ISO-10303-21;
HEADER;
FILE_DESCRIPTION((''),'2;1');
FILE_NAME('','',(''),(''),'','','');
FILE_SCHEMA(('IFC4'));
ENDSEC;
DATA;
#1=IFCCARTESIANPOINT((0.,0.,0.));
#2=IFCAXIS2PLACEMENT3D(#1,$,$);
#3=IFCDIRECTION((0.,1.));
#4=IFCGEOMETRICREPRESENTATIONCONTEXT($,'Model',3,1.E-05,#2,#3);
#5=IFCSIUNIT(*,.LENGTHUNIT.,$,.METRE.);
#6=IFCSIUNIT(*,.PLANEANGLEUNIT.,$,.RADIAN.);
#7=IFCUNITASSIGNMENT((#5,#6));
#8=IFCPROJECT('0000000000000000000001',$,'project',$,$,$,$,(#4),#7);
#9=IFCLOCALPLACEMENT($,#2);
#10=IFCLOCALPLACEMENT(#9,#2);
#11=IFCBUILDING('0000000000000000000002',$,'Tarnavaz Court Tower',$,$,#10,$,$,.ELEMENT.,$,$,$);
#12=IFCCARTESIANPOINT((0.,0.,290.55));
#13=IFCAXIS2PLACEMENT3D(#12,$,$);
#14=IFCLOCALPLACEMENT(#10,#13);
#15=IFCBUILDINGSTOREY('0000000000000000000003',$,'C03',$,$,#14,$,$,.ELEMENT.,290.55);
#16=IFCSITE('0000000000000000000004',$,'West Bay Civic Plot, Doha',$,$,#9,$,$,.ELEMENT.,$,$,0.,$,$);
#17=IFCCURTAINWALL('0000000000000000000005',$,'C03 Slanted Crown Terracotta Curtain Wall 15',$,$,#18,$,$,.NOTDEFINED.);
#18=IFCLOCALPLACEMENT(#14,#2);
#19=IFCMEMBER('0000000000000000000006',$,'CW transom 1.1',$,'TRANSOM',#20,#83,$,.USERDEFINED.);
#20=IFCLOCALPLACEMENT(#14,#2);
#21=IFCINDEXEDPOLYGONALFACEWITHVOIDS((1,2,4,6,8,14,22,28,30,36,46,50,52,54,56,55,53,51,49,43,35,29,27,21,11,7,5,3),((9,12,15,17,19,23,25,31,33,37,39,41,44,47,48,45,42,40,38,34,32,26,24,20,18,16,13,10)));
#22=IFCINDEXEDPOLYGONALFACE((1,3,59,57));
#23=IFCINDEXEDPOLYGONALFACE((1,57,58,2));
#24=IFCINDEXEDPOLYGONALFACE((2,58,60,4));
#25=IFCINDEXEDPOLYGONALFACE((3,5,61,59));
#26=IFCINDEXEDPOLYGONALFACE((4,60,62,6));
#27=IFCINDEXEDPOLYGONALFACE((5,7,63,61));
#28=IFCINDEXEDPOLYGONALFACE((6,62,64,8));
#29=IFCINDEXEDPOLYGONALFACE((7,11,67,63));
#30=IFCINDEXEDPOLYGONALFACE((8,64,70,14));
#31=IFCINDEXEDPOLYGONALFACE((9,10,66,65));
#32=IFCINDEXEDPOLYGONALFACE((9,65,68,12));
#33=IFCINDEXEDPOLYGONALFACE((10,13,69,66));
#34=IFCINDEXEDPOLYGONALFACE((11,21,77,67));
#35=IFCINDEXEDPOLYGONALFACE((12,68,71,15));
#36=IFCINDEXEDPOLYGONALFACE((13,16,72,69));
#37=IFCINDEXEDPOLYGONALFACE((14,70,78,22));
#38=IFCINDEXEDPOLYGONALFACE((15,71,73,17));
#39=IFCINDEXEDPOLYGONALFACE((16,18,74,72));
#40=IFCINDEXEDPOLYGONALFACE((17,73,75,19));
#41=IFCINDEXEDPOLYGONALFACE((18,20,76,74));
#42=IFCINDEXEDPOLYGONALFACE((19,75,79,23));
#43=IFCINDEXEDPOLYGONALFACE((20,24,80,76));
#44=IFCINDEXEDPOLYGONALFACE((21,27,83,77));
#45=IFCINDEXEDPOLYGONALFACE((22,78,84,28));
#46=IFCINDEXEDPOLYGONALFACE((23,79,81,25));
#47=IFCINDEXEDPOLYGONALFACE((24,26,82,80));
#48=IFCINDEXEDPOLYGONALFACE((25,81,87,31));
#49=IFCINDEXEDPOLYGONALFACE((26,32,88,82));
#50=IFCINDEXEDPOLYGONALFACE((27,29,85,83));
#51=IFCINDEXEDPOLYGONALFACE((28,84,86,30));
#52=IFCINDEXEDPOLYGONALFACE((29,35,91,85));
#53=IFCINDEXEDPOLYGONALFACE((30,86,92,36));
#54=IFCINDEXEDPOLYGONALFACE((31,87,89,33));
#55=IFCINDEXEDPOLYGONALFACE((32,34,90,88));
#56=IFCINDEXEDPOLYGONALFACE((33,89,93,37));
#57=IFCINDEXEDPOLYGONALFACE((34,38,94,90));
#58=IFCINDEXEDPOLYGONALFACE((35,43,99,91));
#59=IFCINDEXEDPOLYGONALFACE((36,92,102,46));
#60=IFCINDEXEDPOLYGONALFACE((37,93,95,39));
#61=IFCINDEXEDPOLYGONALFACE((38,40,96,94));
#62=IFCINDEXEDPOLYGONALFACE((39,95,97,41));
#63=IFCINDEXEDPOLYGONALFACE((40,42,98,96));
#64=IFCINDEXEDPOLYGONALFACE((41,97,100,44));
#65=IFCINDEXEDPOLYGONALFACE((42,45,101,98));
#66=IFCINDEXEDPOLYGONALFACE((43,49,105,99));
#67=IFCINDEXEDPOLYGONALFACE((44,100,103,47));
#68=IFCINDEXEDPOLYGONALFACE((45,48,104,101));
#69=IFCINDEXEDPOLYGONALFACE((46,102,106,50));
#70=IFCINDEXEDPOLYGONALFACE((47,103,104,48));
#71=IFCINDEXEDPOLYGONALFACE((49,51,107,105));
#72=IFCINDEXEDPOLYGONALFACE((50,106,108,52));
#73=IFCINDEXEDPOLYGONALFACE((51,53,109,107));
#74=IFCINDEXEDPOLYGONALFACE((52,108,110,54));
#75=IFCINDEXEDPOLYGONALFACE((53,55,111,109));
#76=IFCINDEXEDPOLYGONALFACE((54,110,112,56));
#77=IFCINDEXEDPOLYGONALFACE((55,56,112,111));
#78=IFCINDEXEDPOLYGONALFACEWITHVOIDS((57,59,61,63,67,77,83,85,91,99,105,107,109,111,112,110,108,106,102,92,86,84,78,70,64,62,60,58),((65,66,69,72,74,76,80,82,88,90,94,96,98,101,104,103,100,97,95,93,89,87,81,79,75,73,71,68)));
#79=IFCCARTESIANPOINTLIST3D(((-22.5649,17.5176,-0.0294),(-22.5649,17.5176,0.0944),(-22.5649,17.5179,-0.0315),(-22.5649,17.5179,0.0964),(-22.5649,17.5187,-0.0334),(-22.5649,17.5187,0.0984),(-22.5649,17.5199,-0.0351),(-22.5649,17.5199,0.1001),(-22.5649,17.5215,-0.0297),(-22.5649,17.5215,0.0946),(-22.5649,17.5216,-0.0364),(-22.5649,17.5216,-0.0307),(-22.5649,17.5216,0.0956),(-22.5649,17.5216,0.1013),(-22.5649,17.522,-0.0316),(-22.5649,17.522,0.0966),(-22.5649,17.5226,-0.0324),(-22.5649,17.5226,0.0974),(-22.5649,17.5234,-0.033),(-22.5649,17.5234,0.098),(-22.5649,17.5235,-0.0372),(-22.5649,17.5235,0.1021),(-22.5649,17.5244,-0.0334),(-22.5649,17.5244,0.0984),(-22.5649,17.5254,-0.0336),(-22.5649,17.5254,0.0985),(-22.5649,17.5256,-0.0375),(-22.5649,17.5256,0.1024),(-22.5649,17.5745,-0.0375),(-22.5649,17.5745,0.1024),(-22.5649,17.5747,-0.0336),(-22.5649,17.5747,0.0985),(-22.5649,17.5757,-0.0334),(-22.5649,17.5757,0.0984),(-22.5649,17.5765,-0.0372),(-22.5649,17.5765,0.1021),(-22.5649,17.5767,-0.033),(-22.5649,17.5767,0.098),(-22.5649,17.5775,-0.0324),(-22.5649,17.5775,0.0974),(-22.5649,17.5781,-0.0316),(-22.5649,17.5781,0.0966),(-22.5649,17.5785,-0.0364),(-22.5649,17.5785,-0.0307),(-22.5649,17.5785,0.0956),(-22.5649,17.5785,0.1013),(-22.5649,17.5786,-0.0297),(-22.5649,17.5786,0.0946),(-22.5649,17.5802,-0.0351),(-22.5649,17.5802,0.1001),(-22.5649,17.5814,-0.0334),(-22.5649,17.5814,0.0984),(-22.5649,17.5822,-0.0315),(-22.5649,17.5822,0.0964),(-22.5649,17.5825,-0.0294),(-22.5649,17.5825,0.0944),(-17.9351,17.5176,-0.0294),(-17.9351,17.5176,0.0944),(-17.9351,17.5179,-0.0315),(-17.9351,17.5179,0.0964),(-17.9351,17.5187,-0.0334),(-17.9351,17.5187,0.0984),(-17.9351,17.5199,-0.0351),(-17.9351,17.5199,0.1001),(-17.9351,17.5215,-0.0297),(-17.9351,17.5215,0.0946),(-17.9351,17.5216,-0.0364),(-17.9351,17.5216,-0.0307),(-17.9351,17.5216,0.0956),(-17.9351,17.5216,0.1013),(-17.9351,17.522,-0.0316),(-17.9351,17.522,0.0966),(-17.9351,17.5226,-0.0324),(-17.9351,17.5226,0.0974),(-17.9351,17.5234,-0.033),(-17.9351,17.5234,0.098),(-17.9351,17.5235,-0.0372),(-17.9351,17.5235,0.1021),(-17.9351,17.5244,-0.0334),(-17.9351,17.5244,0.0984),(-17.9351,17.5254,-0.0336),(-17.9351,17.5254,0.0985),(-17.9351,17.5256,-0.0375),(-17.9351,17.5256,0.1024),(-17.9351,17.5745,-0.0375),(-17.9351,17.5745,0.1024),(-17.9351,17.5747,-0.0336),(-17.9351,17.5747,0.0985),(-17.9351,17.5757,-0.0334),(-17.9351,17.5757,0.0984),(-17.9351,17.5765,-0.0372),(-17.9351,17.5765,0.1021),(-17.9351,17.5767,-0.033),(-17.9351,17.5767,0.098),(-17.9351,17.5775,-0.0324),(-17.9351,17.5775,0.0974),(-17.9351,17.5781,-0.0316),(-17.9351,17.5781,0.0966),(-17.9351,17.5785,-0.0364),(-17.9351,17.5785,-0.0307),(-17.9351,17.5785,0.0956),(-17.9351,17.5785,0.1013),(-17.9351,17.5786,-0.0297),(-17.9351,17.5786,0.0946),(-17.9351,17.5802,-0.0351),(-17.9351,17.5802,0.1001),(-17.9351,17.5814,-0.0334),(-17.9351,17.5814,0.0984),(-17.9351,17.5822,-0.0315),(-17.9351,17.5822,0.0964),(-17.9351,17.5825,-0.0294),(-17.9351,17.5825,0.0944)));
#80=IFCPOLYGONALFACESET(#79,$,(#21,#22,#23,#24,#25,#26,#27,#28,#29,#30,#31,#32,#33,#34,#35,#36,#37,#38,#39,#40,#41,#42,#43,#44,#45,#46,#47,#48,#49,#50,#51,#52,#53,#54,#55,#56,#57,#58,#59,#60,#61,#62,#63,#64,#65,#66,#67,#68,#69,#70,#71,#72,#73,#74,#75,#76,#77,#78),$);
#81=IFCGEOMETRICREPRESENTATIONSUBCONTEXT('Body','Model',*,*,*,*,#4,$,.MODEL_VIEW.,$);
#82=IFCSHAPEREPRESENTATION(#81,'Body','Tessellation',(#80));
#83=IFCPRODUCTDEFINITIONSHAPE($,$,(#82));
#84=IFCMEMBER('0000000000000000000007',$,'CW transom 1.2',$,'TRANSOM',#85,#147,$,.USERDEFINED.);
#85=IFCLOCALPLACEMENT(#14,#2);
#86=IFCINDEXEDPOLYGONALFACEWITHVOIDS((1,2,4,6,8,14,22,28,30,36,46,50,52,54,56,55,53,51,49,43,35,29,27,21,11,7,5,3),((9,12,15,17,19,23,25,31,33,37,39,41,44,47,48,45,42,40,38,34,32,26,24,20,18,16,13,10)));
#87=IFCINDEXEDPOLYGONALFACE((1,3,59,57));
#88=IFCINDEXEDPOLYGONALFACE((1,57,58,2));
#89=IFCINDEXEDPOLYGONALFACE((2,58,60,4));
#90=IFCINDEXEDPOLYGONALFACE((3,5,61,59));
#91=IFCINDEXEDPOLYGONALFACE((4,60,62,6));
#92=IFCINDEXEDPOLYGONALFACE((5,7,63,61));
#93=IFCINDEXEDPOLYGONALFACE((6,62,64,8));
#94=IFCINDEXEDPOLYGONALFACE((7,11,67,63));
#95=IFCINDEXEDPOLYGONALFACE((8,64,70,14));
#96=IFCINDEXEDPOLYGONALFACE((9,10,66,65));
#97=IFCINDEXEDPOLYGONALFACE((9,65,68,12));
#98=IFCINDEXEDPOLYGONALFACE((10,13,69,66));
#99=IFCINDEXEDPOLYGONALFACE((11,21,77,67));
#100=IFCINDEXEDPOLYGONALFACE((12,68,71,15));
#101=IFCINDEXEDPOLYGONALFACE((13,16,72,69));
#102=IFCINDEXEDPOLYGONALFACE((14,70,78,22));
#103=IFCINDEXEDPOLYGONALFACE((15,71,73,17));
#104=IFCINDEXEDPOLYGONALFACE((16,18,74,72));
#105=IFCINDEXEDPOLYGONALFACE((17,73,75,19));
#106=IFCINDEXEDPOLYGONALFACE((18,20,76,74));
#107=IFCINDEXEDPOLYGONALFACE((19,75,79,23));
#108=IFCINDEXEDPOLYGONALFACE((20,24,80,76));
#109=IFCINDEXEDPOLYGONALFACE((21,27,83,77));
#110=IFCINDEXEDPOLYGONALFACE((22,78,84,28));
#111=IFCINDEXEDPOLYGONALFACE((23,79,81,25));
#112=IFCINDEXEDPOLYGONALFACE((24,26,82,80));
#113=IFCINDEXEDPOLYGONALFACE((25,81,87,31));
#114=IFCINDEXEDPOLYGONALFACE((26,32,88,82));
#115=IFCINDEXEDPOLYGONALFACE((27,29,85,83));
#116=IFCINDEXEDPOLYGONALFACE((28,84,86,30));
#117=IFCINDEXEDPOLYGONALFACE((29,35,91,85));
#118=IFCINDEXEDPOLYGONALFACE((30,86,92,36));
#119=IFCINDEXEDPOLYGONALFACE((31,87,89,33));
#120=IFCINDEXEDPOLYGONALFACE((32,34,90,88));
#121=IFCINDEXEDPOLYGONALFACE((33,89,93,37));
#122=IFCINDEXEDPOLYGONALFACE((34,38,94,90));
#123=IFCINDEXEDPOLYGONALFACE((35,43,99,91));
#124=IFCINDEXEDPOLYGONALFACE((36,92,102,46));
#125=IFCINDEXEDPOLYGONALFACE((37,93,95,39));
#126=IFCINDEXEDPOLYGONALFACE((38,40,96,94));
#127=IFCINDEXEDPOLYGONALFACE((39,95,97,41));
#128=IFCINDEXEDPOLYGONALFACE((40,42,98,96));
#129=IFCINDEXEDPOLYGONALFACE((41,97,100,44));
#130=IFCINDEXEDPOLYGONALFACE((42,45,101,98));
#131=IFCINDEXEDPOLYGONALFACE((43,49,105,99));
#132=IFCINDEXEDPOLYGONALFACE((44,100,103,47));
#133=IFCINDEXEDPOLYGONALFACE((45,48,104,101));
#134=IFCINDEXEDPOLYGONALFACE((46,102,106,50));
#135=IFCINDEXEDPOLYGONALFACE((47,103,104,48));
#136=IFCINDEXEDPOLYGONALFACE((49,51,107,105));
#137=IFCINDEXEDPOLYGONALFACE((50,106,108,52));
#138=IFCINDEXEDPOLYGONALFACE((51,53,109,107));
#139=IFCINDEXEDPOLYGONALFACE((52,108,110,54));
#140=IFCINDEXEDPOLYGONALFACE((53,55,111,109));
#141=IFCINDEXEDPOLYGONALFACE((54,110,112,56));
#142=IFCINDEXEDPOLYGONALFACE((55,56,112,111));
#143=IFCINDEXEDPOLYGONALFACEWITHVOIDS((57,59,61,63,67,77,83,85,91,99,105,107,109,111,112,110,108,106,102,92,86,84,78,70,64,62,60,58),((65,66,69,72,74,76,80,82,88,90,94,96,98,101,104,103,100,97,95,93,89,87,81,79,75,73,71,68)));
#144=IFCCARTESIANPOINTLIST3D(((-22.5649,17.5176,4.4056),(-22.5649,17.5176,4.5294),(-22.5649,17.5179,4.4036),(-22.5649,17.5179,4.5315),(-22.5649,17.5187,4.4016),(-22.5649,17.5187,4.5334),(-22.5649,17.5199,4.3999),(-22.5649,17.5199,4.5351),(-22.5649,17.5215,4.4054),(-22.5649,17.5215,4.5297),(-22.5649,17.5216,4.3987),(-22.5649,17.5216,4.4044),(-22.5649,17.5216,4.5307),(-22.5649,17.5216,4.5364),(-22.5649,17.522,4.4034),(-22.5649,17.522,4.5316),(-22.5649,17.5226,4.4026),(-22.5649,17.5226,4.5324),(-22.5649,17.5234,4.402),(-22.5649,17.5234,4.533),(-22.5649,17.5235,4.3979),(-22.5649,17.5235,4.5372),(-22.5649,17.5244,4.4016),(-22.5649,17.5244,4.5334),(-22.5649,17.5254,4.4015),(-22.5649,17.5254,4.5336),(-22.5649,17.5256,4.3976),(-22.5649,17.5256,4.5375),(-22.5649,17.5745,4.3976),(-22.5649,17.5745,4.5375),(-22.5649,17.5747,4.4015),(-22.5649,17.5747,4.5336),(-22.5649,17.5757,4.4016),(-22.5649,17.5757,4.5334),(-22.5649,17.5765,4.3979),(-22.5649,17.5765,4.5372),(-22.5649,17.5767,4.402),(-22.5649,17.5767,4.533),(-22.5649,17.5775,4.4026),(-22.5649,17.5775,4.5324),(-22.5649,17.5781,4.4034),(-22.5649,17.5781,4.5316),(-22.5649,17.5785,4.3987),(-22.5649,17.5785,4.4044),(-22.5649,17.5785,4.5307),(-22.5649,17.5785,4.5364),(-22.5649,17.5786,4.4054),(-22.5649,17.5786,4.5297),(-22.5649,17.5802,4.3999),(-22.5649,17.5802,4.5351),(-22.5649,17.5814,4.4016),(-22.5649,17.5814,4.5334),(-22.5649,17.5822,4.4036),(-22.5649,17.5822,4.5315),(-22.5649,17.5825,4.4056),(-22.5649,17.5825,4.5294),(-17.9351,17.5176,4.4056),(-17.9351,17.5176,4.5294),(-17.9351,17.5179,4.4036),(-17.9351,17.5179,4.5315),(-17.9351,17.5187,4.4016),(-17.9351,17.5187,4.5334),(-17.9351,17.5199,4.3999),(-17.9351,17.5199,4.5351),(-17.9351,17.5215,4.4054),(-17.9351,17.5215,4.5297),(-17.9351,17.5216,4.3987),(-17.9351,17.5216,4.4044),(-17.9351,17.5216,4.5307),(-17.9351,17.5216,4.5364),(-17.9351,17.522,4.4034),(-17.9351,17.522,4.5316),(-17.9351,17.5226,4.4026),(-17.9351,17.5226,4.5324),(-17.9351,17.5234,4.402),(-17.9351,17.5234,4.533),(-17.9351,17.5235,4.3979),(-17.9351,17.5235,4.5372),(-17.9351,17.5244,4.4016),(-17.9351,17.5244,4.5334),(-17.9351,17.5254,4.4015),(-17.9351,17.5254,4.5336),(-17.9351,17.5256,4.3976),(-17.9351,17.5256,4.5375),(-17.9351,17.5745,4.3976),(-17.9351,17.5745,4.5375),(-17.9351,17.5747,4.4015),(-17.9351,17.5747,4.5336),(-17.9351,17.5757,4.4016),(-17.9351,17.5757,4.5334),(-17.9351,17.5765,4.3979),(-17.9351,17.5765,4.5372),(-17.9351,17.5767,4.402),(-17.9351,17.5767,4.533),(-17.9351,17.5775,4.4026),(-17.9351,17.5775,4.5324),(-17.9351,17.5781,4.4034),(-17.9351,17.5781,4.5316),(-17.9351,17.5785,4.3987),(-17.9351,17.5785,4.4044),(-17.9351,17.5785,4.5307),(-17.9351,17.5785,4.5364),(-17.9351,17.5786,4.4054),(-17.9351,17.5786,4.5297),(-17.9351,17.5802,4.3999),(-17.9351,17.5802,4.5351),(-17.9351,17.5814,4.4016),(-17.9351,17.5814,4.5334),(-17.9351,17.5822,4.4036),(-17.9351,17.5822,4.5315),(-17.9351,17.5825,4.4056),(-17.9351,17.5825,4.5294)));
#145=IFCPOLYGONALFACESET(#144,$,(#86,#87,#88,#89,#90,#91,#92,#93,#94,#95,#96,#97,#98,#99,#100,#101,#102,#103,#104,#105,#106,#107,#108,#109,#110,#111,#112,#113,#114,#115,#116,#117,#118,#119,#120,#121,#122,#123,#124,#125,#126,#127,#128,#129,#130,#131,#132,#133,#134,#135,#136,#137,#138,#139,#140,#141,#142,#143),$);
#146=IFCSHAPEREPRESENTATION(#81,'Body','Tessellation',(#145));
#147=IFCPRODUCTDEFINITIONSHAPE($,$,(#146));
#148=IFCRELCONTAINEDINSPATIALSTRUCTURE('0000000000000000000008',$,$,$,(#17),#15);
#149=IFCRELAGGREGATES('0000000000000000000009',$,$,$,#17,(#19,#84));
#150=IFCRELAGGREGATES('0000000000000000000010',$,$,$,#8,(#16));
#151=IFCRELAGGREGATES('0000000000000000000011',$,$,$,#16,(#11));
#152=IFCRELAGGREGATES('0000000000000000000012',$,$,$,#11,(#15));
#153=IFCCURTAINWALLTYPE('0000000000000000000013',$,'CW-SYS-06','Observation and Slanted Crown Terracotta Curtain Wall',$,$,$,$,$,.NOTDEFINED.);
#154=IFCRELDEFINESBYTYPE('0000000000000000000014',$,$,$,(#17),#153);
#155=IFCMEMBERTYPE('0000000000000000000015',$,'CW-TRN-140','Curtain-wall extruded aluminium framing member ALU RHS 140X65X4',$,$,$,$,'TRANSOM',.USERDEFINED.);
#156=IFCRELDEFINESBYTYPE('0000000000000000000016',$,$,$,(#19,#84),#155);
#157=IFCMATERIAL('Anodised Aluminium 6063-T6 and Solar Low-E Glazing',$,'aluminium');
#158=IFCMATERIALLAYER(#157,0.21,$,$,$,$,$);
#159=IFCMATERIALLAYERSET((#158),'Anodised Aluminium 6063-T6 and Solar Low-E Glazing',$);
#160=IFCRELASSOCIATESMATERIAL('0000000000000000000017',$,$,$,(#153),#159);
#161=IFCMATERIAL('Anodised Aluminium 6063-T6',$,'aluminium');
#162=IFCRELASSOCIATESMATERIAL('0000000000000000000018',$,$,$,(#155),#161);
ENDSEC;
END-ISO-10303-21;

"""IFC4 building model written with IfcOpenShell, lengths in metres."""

from ifc_helpers import new_model, si_unit, direction, frame, origin, origin_2d, place, context, subcontext, project, spatial, hollow_rectangle, extrude, material, layer, layer_set, material_profile, profile_set, type_object, element, aggregate, save


model = new_model("IFC4")

# Units and contexts
model_context = context("Model", 3, precision=1e-05, world=origin(), true_north=direction((0.0, 1.0)))
body_context = subcontext(model_context, "Body", "Model", "MODEL_VIEW")
ifc_project = project(units=[si_unit("LENGTHUNIT", "METRE"), si_unit("PLANEANGLEUNIT", "RADIAN")], contexts=[model_context])

# Site, building, storey
site_placement = place(None, origin())
site = spatial("IfcSite", under=ifc_project, at=site_placement, Name="West Bay Civic Plot, Doha", CompositionType="ELEMENT", RefElevation=0.0)
building_placement = place(site_placement, origin())
building = spatial("IfcBuilding", under=site, at=building_placement, Name="Tarnavaz Court Tower", CompositionType="ELEMENT")
storey_placement = place(building_placement, frame((0.0, 0.0, 290.55)))
storey = spatial("IfcBuildingStorey", under=building, at=storey_placement, Name="C03", CompositionType="ELEMENT", Elevation=290.55)

# Curtain wall
ifc_material_1 = material(Name="Anodised Aluminium 6063-T6 and Solar Low-E Glazing", Category="aluminium")
ifc_layer_1 = layer(ifc_material_1, 0.21)
ifc_layer_set_1 = layer_set([ifc_layer_1], Name="Anodised Aluminium 6063-T6 and Solar Low-E Glazing")
curtain_wall_type = type_object("IfcCurtainWallType", Name="CW-SYS-06", Description="Observation and Slanted Crown Terracotta Curtain Wall", PredefinedType="NOTDEFINED", material=ifc_layer_set_1)
ifc_material_2 = material(Name="Anodised Aluminium 6063-T6", Category="aluminium")
curtain_wall_1_placement = place(storey_placement, origin())
curtain_wall_1 = element("IfcCurtainWall", 1, at=curtain_wall_1_placement, inside=storey, type_object=curtain_wall_type, Name="C03 Slanted Crown Terracotta Curtain Wall 15", PredefinedType="NOTDEFINED")

# Members
ifc_material_profile_1 = material_profile(ifc_material_2, hollow_rectangle(XDim=0.0649, YDim=0.1399, WallThickness=0.0039, InnerFilletRadius=0.0039, OuterFilletRadius=0.0081, at=origin_2d()), Name="ALU RHS 140X65X4")
ifc_profile_set_1 = profile_set([ifc_material_profile_1], Name="Anodised Aluminium 6063-T6")
member_type_1 = type_object("IfcMemberType", Name="CW-TRN-140", Description="Curtain-wall extruded aluminium framing member ALU RHS 140X65X4", ElementType="TRANSOM", PredefinedType="USERDEFINED", material=ifc_profile_set_1)
member_1_placement = place(storey_placement, frame((-22.5649, 17.55, 0.0325), z_axis=(1.0, 0.0, 0.0), x_axis=(0.0, 1.0, 0.0)))
member_1 = element("IfcMember", 2, at=member_1_placement, type_object=member_type_1, Name="CW transom 1.1", ObjectType="TRANSOM", PredefinedType="USERDEFINED", context=body_context, shape_type="SweptSolid", body=[
    extrude(hollow_rectangle(XDim=0.0649, YDim=0.1399, WallThickness=0.0039, InnerFilletRadius=0.0039, OuterFilletRadius=0.0081, at=origin_2d()), origin(), (0.0, 0.0, 1.0), 4.6299),
])
member_2_placement = place(storey_placement, frame((-22.5649, 17.55, 4.4675), z_axis=(1.0, 0.0, 0.0), x_axis=(0.0, 1.0, 0.0)))
member_2 = element("IfcMember", 3, at=member_2_placement, type_object=member_type_1, Name="CW transom 1.2", ObjectType="TRANSOM", PredefinedType="USERDEFINED", context=body_context, shape_type="SweptSolid", body=[
    extrude(hollow_rectangle(XDim=0.0649, YDim=0.1399, WallThickness=0.0039, InnerFilletRadius=0.0039, OuterFilletRadius=0.0081, at=origin_2d()), origin(), (0.0, 0.0, 1.0), 4.6299),
])

aggregate(curtain_wall_1, [member_1, member_2])

save(model, "model.ifc")
